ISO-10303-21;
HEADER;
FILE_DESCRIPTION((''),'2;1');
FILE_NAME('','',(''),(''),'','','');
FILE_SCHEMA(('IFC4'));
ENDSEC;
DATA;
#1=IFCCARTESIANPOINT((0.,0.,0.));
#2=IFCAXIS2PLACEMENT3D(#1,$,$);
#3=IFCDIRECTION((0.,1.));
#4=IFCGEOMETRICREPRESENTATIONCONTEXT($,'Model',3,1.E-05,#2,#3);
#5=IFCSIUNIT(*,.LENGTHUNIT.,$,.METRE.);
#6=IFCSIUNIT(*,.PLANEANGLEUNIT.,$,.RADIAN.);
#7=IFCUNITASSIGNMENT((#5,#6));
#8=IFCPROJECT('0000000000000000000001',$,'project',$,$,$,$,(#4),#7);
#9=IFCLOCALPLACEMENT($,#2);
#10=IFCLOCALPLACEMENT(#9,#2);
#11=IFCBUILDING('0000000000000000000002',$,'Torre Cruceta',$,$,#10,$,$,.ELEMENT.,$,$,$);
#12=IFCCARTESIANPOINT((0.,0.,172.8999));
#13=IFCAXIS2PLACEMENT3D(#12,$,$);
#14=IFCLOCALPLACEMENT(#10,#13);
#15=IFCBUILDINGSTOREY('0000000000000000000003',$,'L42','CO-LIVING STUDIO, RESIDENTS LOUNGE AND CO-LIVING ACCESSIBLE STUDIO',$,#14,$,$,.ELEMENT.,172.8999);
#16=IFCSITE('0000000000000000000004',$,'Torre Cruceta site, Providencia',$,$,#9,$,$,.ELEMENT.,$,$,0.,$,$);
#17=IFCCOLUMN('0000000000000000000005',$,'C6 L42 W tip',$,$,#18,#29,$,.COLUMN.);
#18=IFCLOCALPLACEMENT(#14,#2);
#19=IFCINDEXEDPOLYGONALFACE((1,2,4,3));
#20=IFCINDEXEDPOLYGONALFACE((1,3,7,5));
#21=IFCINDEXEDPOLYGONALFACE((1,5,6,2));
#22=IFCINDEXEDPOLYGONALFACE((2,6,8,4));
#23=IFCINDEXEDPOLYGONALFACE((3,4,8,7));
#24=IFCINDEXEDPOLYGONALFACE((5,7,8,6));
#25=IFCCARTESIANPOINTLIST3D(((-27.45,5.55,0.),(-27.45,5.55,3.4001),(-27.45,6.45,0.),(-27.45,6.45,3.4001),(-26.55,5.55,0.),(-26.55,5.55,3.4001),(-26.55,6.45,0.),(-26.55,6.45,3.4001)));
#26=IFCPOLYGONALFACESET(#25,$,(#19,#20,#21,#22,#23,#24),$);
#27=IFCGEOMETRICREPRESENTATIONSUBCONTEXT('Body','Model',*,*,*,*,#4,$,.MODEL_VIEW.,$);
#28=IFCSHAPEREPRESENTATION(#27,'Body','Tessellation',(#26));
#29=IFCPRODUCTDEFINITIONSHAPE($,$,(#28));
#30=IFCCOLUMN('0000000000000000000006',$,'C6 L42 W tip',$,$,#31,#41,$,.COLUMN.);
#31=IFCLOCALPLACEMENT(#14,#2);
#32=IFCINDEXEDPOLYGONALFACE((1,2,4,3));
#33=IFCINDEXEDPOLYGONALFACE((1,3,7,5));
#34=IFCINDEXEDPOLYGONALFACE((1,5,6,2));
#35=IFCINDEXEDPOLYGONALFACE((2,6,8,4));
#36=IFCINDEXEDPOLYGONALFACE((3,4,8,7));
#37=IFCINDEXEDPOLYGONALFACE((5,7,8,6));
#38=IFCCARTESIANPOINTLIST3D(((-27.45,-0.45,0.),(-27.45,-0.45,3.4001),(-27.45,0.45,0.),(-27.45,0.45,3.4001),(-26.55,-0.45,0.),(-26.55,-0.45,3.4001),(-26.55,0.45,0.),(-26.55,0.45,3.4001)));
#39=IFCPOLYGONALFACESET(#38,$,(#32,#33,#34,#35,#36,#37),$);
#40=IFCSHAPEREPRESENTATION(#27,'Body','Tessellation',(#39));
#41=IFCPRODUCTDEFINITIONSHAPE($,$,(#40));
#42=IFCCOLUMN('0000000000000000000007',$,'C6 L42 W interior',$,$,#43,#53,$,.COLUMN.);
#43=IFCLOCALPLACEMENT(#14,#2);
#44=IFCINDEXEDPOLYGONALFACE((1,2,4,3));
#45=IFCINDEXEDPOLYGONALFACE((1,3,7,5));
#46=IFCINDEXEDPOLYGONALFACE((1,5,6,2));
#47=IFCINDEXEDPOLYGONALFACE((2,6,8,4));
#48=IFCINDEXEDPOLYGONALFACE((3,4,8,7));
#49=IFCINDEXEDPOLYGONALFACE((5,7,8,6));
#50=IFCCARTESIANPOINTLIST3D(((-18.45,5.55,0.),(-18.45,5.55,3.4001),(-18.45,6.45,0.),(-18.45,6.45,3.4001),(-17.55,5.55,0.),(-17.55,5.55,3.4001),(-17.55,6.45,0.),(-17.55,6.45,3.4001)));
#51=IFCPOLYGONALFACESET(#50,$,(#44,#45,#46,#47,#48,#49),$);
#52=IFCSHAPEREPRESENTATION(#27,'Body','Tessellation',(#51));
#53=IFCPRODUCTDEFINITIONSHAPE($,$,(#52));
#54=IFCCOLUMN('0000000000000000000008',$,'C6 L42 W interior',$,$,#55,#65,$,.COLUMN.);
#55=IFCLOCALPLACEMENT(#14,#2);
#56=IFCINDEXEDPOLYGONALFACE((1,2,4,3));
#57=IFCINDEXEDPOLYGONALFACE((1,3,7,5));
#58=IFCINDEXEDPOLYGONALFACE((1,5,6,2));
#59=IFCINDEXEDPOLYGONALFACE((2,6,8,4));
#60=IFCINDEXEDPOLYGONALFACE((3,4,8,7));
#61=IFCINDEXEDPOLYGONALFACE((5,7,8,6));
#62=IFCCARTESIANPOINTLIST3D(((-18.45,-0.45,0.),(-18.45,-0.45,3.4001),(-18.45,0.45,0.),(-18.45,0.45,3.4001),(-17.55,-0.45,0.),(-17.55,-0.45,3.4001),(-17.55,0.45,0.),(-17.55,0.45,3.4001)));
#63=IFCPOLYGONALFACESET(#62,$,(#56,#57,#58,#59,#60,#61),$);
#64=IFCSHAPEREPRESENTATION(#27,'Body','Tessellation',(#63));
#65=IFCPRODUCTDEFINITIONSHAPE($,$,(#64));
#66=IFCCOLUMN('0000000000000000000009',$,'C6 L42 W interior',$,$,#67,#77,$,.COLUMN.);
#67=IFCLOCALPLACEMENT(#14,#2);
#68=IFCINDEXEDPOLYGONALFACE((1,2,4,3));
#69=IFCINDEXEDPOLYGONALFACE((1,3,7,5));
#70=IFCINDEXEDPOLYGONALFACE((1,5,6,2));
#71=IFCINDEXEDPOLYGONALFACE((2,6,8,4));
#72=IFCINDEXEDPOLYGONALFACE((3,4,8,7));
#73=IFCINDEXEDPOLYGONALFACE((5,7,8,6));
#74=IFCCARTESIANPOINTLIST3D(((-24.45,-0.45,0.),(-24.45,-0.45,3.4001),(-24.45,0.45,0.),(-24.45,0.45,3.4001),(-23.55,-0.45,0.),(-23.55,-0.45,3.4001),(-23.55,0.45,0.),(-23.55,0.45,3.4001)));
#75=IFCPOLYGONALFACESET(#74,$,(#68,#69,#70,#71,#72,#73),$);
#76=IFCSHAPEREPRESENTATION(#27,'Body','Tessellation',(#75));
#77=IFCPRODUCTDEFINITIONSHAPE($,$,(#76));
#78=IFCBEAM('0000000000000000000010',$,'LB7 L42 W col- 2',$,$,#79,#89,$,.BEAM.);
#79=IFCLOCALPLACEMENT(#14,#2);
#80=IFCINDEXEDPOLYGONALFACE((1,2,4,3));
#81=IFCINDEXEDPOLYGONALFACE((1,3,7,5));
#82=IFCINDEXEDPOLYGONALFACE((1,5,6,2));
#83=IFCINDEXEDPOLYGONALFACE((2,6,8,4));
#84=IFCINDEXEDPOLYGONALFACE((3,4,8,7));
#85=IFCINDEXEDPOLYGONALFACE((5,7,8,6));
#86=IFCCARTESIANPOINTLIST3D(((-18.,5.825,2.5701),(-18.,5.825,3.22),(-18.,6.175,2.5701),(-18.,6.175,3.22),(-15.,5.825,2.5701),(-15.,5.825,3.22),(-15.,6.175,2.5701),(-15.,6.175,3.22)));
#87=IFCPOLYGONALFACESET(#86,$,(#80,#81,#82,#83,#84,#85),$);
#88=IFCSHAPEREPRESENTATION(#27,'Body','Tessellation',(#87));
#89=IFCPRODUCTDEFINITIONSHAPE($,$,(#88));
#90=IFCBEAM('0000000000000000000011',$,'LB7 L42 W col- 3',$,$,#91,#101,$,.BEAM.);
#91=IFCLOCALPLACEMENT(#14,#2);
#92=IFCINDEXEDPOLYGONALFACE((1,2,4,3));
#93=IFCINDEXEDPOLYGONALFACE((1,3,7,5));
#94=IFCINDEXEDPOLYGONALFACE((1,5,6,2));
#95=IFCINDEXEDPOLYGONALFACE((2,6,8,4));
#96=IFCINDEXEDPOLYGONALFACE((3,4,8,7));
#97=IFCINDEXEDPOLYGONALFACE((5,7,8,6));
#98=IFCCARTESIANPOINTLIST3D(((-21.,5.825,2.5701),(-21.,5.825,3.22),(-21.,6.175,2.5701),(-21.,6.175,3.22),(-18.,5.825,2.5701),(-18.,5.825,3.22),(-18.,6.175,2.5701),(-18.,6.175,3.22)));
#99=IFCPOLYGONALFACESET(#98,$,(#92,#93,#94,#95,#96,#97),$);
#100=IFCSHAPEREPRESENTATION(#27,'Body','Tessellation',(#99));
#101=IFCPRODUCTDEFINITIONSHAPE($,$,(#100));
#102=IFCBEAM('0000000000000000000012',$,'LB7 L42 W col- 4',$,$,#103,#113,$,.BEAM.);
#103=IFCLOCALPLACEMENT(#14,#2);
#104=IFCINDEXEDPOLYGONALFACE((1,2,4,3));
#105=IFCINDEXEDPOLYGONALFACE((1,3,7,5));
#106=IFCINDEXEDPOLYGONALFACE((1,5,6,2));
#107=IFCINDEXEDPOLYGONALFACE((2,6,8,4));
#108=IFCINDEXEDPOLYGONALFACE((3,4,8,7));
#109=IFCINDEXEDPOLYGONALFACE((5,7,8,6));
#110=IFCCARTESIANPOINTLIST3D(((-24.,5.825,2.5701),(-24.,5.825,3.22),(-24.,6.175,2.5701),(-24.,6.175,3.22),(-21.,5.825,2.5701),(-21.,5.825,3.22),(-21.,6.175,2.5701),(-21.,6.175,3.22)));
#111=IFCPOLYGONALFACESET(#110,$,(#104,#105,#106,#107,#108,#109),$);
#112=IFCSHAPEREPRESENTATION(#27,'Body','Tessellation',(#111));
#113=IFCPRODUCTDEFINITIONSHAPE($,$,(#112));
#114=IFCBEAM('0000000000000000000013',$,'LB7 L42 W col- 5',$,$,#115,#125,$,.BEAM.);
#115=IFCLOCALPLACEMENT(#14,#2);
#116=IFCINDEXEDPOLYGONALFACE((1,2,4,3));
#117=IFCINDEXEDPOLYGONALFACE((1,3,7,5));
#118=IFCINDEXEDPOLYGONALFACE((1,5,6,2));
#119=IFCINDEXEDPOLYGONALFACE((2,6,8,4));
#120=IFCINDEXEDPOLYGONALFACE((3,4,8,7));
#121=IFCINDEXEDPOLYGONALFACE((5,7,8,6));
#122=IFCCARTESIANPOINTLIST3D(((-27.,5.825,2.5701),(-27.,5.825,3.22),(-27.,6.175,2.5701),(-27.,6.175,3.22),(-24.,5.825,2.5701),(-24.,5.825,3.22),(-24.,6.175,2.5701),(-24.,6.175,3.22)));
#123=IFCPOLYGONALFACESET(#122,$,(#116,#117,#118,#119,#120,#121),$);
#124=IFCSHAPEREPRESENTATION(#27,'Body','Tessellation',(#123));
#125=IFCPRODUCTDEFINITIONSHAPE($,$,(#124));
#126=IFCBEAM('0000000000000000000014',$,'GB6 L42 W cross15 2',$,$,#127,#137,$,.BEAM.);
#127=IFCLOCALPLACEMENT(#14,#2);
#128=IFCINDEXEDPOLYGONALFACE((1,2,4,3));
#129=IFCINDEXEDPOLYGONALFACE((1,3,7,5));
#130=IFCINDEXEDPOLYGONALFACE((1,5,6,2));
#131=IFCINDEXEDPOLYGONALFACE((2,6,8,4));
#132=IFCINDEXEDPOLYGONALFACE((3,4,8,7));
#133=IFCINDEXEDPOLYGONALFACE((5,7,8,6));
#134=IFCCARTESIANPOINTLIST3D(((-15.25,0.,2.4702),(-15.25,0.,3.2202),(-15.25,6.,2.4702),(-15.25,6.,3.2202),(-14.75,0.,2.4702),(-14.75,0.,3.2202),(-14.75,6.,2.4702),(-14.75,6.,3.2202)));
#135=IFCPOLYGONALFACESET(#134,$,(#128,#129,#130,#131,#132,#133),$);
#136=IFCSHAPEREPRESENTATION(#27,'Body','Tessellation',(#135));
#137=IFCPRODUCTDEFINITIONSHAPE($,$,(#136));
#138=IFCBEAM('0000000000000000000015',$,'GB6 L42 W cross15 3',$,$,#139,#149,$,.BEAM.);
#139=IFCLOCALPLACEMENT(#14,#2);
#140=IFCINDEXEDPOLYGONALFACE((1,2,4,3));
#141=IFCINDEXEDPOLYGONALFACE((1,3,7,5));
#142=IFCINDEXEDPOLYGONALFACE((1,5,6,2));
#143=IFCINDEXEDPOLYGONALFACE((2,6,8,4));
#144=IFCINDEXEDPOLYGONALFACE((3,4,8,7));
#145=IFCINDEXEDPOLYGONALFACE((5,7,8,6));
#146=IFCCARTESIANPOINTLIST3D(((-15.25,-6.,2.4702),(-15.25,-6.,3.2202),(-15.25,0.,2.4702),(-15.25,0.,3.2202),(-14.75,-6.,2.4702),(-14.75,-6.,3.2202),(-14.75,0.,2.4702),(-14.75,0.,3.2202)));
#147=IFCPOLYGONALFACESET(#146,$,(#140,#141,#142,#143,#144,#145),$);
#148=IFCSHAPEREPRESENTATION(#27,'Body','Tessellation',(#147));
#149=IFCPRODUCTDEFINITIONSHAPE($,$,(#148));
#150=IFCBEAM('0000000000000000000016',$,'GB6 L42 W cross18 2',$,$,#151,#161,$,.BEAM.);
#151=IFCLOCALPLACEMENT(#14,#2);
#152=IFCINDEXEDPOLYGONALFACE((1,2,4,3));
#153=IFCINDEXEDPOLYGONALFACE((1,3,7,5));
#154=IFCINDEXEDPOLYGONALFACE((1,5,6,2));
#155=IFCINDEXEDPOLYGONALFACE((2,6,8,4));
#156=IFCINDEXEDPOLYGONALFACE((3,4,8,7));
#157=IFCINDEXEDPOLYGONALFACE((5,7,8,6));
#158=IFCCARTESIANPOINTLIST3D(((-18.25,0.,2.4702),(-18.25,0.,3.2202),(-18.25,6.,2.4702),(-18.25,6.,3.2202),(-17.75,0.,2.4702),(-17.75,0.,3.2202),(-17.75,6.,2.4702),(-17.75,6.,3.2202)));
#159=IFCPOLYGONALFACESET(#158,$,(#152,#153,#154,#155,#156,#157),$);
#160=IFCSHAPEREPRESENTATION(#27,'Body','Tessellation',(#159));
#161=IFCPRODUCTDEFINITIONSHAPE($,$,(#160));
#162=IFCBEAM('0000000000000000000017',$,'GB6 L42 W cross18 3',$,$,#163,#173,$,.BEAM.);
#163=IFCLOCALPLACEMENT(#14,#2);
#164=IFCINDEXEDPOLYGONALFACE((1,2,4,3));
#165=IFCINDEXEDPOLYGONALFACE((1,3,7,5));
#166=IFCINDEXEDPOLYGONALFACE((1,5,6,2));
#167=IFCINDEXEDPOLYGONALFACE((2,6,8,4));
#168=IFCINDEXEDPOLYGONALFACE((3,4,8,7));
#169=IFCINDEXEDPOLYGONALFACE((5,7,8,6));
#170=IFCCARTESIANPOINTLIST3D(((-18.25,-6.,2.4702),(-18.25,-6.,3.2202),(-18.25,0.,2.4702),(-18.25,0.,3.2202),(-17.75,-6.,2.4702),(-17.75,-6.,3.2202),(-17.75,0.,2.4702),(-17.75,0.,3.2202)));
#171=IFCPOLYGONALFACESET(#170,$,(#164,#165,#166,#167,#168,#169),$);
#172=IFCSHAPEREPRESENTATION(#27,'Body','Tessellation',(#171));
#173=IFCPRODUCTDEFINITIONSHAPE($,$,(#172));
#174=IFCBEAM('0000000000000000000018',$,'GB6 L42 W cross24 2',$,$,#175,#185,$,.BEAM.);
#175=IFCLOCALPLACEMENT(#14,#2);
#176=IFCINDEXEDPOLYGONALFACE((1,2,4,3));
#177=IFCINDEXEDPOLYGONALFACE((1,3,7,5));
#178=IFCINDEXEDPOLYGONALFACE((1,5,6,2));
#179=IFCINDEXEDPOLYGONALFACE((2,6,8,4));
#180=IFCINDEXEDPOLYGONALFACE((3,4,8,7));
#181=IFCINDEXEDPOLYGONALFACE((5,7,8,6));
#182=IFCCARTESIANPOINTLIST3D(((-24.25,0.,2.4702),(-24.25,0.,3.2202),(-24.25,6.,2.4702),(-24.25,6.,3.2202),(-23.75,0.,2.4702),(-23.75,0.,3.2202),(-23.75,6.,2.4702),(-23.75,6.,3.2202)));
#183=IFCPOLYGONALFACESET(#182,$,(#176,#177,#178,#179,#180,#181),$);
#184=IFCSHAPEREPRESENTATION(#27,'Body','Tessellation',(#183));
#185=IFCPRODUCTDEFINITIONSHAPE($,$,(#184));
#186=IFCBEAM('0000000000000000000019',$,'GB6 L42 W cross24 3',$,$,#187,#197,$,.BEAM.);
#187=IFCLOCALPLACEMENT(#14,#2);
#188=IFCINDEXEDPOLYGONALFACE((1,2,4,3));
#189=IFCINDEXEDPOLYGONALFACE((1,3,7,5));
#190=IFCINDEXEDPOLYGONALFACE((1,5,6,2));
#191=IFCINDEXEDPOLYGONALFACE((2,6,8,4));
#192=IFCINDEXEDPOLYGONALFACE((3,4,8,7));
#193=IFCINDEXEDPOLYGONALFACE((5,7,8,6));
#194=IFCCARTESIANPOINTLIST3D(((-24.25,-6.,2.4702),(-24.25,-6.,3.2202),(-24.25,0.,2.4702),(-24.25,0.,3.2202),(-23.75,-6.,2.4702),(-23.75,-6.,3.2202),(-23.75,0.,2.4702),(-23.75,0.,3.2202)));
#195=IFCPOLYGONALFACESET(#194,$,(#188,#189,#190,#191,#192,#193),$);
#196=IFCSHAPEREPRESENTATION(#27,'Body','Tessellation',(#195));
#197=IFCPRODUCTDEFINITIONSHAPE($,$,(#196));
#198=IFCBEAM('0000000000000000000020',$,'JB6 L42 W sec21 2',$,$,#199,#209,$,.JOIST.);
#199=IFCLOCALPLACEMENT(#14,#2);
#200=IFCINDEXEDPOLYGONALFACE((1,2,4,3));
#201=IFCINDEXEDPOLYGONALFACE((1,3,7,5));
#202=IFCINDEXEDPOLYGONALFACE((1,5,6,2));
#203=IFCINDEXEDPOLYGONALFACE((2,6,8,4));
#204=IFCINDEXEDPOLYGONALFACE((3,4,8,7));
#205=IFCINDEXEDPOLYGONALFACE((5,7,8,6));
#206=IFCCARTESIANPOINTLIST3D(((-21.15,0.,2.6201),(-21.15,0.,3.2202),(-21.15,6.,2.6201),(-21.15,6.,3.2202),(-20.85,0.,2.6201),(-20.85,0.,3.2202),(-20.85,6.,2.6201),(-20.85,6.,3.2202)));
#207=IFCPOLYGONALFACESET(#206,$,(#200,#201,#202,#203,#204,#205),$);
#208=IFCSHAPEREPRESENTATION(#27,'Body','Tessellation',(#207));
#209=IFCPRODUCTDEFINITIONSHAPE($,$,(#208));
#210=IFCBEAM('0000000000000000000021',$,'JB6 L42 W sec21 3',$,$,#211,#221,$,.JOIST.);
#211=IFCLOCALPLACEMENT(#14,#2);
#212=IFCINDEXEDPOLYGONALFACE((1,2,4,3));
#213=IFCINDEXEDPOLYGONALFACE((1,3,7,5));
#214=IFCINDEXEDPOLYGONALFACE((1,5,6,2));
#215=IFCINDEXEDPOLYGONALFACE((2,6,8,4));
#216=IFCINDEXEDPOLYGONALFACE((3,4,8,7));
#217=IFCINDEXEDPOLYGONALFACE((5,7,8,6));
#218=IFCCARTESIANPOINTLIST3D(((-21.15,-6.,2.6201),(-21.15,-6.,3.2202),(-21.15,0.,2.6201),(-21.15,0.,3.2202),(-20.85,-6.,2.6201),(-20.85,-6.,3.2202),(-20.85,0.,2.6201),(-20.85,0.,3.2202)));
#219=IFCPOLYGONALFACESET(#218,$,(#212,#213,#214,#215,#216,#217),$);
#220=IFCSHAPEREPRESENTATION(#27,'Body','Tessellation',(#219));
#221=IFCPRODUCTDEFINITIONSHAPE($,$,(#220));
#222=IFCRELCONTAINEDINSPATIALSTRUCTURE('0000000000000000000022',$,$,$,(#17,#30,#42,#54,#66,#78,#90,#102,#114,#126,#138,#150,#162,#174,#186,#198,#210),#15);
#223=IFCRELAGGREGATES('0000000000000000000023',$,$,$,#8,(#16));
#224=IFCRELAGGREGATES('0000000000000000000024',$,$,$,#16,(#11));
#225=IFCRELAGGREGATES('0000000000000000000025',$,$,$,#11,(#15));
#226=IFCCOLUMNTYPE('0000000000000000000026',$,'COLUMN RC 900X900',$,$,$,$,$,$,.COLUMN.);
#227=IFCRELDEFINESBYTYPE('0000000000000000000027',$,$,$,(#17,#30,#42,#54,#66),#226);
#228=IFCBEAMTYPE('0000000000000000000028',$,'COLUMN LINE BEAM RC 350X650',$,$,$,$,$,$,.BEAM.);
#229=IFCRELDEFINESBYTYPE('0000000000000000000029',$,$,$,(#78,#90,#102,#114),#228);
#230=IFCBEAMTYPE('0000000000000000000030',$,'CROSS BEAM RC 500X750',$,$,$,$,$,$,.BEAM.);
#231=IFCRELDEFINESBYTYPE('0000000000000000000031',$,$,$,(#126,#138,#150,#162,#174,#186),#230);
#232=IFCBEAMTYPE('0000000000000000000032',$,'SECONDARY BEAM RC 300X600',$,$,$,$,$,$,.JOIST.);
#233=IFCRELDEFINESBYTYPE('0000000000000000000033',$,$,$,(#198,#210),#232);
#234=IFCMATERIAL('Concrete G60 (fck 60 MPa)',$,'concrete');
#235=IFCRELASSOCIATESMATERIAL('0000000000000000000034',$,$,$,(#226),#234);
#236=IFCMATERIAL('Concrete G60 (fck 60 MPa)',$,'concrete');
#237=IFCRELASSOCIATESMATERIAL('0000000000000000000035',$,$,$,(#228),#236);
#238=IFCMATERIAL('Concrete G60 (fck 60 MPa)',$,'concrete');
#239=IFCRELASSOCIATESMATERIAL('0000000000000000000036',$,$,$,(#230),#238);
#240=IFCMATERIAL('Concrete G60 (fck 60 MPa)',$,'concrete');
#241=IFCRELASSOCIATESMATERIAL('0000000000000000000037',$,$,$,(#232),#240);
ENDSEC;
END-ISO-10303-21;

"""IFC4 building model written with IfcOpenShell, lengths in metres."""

from ifc_helpers import new_model, si_unit, direction, frame, origin, origin_2d, place, context, subcontext, project, spatial, rectangle, extrude, material, material_profile, profile_set, type_object, element, save


model = new_model("IFC4")

# Units and contexts
model_context = context("Model", 3, precision=1e-05, world=origin(), true_north=direction((0.0, 1.0)))
body_context = subcontext(model_context, "Body", "Model", "MODEL_VIEW")
ifc_project = project(units=[si_unit("LENGTHUNIT", "METRE"), si_unit("PLANEANGLEUNIT", "RADIAN")], contexts=[model_context])

# Site, building, storey
site_placement = place(None, origin())
site = spatial("IfcSite", under=ifc_project, at=site_placement, Name="Torre Cruceta site, Providencia", CompositionType="ELEMENT", RefElevation=0.0)
building_placement = place(site_placement, origin())
building = spatial("IfcBuilding", under=site, at=building_placement, Name="Torre Cruceta", CompositionType="ELEMENT")
storey_placement = place(building_placement, frame((0.0, 0.0, 172.8999)))
storey = spatial("IfcBuildingStorey", under=building, at=storey_placement, Name="L42", Description="CO-LIVING STUDIO, RESIDENTS LOUNGE AND CO-LIVING ACCESSIBLE STUDIO", CompositionType="ELEMENT", Elevation=172.8999)

# Columns
ifc_material_1 = material(Name="Concrete G60 (fck 60 MPa)", Category="concrete")
ifc_material_profile_1 = material_profile(ifc_material_1, rectangle(XDim=0.8999, YDim=0.8999, at=origin_2d()), Name="RC 900X900")
ifc_profile_set_1 = profile_set([ifc_material_profile_1], Name="Concrete G60 (fck 60 MPa)")
column_type = type_object("IfcColumnType", Name="COLUMN RC 900X900", PredefinedType="COLUMN", material=ifc_profile_set_1)
for number, where, z_axis, x_axis, name in (
    (1, (-27.0, 6.0, 0.0), (0.0, 0.0, 1.0), (1.0, 0.0, 0.0), "C6 L42 W tip"),
    (2, (-27.0, 0.0, 0.0), (0.0, 0.0, 1.0), (1.0, 0.0, 0.0), "C6 L42 W tip"),
    (3, (-18.0, 6.0, 0.0), (0.0, 0.0, 1.0), (1.0, 0.0, 0.0), "C6 L42 W interior"),
    (4, (-18.0, 0.0, 0.0), (0.0, 0.0, 1.0), (1.0, 0.0, 0.0), "C6 L42 W interior"),
    (5, (-24.0, 0.0, 0.0), (0.0, 0.0, 1.0), (1.0, 0.0, 0.0), "C6 L42 W interior"),
):
    element("IfcColumn", number, at=place(storey_placement, frame(where, z_axis=z_axis, x_axis=x_axis)), inside=storey, type_object=column_type, Name=name, PredefinedType="COLUMN", context=body_context, shape_type="SweptSolid", body=[
        extrude(rectangle(XDim=0.8999, YDim=0.8999, at=origin_2d()), origin(), (0.0, 0.0, 1.0), 3.4001),
    ])

# Beams
ifc_material_2 = material(Name="Concrete G60 (fck 60 MPa)", Category="concrete")
ifc_material_profile_2 = material_profile(ifc_material_2, rectangle(XDim=0.3501, YDim=0.6499, at=origin_2d()), Name="RC 350X650")
ifc_profile_set_2 = profile_set([ifc_material_profile_2], Name="Concrete G60 (fck 60 MPa)")
beam_type_1 = type_object("IfcBeamType", Name="COLUMN LINE BEAM RC 350X650", PredefinedType="BEAM", material=ifc_profile_set_2)
for number, where, z_axis, x_axis, name in (
    (6, (-15.0, 6.0, 2.895), (-1.0, 0.0, 0.0), (0.0, -1.0, 0.0), "LB7 L42 W col- 2"),
    (7, (-18.0, 6.0, 2.895), (-1.0, 0.0, 0.0), (0.0, -1.0, 0.0), "LB7 L42 W col- 3"),
    (8, (-21.0, 6.0, 2.895), (-1.0, 0.0, 0.0), (0.0, -1.0, 0.0), "LB7 L42 W col- 4"),
    (9, (-24.0, 6.0, 2.895), (-1.0, 0.0, 0.0), (0.0, -1.0, 0.0), "LB7 L42 W col- 5"),
):
    element("IfcBeam", number, at=place(storey_placement, frame(where, z_axis=z_axis, x_axis=x_axis)), inside=storey, type_object=beam_type_1, Name=name, PredefinedType="BEAM", context=body_context, shape_type="SweptSolid", body=[
        extrude(rectangle(XDim=0.3501, YDim=0.6499, at=origin_2d()), origin(), (0.0, 0.0, 1.0), 3.0),
    ])
ifc_material_3 = material(Name="Concrete G60 (fck 60 MPa)", Category="concrete")
ifc_material_profile_3 = material_profile(ifc_material_3, rectangle(XDim=0.5, YDim=0.75, at=origin_2d()), Name="RC 500X750")
ifc_profile_set_3 = profile_set([ifc_material_profile_3], Name="Concrete G60 (fck 60 MPa)")
beam_type_2 = type_object("IfcBeamType", Name="CROSS BEAM RC 500X750", PredefinedType="BEAM", material=ifc_profile_set_3)
for number, where, z_axis, x_axis, name in (
    (10, (-15.0, 6.0, 2.8452), (0.0, -1.0, 0.0), (1.0, 0.0, 0.0), "GB6 L42 W cross15 2"),
    (11, (-15.0, 0.0, 2.8452), (0.0, -1.0, 0.0), (1.0, 0.0, 0.0), "GB6 L42 W cross15 3"),
    (12, (-18.0, 6.0, 2.8452), (0.0, -1.0, 0.0), (1.0, 0.0, 0.0), "GB6 L42 W cross18 2"),
    (13, (-18.0, 0.0, 2.8452), (0.0, -1.0, 0.0), (1.0, 0.0, 0.0), "GB6 L42 W cross18 3"),
    (14, (-24.0, 6.0, 2.8452), (0.0, -1.0, 0.0), (1.0, 0.0, 0.0), "GB6 L42 W cross24 2"),
    (15, (-24.0, 0.0, 2.8452), (0.0, -1.0, 0.0), (1.0, 0.0, 0.0), "GB6 L42 W cross24 3"),
):
    element("IfcBeam", number, at=place(storey_placement, frame(where, z_axis=z_axis, x_axis=x_axis)), inside=storey, type_object=beam_type_2, Name=name, PredefinedType="BEAM", context=body_context, shape_type="SweptSolid", body=[
        extrude(rectangle(XDim=0.5, YDim=0.75, at=origin_2d()), origin(), (0.0, 0.0, 1.0), 6.0),
    ])
ifc_material_4 = material(Name="Concrete G60 (fck 60 MPa)", Category="concrete")
ifc_material_profile_4 = material_profile(ifc_material_4, rectangle(XDim=0.3, YDim=0.6001, at=origin_2d()), Name="RC 300X600")
ifc_profile_set_4 = profile_set([ifc_material_profile_4], Name="Concrete G60 (fck 60 MPa)")
beam_type_3 = type_object("IfcBeamType", Name="SECONDARY BEAM RC 300X600", PredefinedType="JOIST", material=ifc_profile_set_4)
for number, where, z_axis, x_axis, name in (
    (16, (-21.0, 6.0, 2.9202), (0.0, -1.0, 0.0), (1.0, 0.0, 0.0), "JB6 L42 W sec21 2"),
    (17, (-21.0, 0.0, 2.9202), (0.0, -1.0, 0.0), (1.0, 0.0, 0.0), "JB6 L42 W sec21 3"),
):
    element("IfcBeam", number, at=place(storey_placement, frame(where, z_axis=z_axis, x_axis=x_axis)), inside=storey, type_object=beam_type_3, Name=name, PredefinedType="JOIST", context=body_context, shape_type="SweptSolid", body=[
        extrude(rectangle(XDim=0.3, YDim=0.6001, at=origin_2d()), origin(), (0.0, 0.0, 1.0), 6.0),
    ])

save(model, "model.ifc")
